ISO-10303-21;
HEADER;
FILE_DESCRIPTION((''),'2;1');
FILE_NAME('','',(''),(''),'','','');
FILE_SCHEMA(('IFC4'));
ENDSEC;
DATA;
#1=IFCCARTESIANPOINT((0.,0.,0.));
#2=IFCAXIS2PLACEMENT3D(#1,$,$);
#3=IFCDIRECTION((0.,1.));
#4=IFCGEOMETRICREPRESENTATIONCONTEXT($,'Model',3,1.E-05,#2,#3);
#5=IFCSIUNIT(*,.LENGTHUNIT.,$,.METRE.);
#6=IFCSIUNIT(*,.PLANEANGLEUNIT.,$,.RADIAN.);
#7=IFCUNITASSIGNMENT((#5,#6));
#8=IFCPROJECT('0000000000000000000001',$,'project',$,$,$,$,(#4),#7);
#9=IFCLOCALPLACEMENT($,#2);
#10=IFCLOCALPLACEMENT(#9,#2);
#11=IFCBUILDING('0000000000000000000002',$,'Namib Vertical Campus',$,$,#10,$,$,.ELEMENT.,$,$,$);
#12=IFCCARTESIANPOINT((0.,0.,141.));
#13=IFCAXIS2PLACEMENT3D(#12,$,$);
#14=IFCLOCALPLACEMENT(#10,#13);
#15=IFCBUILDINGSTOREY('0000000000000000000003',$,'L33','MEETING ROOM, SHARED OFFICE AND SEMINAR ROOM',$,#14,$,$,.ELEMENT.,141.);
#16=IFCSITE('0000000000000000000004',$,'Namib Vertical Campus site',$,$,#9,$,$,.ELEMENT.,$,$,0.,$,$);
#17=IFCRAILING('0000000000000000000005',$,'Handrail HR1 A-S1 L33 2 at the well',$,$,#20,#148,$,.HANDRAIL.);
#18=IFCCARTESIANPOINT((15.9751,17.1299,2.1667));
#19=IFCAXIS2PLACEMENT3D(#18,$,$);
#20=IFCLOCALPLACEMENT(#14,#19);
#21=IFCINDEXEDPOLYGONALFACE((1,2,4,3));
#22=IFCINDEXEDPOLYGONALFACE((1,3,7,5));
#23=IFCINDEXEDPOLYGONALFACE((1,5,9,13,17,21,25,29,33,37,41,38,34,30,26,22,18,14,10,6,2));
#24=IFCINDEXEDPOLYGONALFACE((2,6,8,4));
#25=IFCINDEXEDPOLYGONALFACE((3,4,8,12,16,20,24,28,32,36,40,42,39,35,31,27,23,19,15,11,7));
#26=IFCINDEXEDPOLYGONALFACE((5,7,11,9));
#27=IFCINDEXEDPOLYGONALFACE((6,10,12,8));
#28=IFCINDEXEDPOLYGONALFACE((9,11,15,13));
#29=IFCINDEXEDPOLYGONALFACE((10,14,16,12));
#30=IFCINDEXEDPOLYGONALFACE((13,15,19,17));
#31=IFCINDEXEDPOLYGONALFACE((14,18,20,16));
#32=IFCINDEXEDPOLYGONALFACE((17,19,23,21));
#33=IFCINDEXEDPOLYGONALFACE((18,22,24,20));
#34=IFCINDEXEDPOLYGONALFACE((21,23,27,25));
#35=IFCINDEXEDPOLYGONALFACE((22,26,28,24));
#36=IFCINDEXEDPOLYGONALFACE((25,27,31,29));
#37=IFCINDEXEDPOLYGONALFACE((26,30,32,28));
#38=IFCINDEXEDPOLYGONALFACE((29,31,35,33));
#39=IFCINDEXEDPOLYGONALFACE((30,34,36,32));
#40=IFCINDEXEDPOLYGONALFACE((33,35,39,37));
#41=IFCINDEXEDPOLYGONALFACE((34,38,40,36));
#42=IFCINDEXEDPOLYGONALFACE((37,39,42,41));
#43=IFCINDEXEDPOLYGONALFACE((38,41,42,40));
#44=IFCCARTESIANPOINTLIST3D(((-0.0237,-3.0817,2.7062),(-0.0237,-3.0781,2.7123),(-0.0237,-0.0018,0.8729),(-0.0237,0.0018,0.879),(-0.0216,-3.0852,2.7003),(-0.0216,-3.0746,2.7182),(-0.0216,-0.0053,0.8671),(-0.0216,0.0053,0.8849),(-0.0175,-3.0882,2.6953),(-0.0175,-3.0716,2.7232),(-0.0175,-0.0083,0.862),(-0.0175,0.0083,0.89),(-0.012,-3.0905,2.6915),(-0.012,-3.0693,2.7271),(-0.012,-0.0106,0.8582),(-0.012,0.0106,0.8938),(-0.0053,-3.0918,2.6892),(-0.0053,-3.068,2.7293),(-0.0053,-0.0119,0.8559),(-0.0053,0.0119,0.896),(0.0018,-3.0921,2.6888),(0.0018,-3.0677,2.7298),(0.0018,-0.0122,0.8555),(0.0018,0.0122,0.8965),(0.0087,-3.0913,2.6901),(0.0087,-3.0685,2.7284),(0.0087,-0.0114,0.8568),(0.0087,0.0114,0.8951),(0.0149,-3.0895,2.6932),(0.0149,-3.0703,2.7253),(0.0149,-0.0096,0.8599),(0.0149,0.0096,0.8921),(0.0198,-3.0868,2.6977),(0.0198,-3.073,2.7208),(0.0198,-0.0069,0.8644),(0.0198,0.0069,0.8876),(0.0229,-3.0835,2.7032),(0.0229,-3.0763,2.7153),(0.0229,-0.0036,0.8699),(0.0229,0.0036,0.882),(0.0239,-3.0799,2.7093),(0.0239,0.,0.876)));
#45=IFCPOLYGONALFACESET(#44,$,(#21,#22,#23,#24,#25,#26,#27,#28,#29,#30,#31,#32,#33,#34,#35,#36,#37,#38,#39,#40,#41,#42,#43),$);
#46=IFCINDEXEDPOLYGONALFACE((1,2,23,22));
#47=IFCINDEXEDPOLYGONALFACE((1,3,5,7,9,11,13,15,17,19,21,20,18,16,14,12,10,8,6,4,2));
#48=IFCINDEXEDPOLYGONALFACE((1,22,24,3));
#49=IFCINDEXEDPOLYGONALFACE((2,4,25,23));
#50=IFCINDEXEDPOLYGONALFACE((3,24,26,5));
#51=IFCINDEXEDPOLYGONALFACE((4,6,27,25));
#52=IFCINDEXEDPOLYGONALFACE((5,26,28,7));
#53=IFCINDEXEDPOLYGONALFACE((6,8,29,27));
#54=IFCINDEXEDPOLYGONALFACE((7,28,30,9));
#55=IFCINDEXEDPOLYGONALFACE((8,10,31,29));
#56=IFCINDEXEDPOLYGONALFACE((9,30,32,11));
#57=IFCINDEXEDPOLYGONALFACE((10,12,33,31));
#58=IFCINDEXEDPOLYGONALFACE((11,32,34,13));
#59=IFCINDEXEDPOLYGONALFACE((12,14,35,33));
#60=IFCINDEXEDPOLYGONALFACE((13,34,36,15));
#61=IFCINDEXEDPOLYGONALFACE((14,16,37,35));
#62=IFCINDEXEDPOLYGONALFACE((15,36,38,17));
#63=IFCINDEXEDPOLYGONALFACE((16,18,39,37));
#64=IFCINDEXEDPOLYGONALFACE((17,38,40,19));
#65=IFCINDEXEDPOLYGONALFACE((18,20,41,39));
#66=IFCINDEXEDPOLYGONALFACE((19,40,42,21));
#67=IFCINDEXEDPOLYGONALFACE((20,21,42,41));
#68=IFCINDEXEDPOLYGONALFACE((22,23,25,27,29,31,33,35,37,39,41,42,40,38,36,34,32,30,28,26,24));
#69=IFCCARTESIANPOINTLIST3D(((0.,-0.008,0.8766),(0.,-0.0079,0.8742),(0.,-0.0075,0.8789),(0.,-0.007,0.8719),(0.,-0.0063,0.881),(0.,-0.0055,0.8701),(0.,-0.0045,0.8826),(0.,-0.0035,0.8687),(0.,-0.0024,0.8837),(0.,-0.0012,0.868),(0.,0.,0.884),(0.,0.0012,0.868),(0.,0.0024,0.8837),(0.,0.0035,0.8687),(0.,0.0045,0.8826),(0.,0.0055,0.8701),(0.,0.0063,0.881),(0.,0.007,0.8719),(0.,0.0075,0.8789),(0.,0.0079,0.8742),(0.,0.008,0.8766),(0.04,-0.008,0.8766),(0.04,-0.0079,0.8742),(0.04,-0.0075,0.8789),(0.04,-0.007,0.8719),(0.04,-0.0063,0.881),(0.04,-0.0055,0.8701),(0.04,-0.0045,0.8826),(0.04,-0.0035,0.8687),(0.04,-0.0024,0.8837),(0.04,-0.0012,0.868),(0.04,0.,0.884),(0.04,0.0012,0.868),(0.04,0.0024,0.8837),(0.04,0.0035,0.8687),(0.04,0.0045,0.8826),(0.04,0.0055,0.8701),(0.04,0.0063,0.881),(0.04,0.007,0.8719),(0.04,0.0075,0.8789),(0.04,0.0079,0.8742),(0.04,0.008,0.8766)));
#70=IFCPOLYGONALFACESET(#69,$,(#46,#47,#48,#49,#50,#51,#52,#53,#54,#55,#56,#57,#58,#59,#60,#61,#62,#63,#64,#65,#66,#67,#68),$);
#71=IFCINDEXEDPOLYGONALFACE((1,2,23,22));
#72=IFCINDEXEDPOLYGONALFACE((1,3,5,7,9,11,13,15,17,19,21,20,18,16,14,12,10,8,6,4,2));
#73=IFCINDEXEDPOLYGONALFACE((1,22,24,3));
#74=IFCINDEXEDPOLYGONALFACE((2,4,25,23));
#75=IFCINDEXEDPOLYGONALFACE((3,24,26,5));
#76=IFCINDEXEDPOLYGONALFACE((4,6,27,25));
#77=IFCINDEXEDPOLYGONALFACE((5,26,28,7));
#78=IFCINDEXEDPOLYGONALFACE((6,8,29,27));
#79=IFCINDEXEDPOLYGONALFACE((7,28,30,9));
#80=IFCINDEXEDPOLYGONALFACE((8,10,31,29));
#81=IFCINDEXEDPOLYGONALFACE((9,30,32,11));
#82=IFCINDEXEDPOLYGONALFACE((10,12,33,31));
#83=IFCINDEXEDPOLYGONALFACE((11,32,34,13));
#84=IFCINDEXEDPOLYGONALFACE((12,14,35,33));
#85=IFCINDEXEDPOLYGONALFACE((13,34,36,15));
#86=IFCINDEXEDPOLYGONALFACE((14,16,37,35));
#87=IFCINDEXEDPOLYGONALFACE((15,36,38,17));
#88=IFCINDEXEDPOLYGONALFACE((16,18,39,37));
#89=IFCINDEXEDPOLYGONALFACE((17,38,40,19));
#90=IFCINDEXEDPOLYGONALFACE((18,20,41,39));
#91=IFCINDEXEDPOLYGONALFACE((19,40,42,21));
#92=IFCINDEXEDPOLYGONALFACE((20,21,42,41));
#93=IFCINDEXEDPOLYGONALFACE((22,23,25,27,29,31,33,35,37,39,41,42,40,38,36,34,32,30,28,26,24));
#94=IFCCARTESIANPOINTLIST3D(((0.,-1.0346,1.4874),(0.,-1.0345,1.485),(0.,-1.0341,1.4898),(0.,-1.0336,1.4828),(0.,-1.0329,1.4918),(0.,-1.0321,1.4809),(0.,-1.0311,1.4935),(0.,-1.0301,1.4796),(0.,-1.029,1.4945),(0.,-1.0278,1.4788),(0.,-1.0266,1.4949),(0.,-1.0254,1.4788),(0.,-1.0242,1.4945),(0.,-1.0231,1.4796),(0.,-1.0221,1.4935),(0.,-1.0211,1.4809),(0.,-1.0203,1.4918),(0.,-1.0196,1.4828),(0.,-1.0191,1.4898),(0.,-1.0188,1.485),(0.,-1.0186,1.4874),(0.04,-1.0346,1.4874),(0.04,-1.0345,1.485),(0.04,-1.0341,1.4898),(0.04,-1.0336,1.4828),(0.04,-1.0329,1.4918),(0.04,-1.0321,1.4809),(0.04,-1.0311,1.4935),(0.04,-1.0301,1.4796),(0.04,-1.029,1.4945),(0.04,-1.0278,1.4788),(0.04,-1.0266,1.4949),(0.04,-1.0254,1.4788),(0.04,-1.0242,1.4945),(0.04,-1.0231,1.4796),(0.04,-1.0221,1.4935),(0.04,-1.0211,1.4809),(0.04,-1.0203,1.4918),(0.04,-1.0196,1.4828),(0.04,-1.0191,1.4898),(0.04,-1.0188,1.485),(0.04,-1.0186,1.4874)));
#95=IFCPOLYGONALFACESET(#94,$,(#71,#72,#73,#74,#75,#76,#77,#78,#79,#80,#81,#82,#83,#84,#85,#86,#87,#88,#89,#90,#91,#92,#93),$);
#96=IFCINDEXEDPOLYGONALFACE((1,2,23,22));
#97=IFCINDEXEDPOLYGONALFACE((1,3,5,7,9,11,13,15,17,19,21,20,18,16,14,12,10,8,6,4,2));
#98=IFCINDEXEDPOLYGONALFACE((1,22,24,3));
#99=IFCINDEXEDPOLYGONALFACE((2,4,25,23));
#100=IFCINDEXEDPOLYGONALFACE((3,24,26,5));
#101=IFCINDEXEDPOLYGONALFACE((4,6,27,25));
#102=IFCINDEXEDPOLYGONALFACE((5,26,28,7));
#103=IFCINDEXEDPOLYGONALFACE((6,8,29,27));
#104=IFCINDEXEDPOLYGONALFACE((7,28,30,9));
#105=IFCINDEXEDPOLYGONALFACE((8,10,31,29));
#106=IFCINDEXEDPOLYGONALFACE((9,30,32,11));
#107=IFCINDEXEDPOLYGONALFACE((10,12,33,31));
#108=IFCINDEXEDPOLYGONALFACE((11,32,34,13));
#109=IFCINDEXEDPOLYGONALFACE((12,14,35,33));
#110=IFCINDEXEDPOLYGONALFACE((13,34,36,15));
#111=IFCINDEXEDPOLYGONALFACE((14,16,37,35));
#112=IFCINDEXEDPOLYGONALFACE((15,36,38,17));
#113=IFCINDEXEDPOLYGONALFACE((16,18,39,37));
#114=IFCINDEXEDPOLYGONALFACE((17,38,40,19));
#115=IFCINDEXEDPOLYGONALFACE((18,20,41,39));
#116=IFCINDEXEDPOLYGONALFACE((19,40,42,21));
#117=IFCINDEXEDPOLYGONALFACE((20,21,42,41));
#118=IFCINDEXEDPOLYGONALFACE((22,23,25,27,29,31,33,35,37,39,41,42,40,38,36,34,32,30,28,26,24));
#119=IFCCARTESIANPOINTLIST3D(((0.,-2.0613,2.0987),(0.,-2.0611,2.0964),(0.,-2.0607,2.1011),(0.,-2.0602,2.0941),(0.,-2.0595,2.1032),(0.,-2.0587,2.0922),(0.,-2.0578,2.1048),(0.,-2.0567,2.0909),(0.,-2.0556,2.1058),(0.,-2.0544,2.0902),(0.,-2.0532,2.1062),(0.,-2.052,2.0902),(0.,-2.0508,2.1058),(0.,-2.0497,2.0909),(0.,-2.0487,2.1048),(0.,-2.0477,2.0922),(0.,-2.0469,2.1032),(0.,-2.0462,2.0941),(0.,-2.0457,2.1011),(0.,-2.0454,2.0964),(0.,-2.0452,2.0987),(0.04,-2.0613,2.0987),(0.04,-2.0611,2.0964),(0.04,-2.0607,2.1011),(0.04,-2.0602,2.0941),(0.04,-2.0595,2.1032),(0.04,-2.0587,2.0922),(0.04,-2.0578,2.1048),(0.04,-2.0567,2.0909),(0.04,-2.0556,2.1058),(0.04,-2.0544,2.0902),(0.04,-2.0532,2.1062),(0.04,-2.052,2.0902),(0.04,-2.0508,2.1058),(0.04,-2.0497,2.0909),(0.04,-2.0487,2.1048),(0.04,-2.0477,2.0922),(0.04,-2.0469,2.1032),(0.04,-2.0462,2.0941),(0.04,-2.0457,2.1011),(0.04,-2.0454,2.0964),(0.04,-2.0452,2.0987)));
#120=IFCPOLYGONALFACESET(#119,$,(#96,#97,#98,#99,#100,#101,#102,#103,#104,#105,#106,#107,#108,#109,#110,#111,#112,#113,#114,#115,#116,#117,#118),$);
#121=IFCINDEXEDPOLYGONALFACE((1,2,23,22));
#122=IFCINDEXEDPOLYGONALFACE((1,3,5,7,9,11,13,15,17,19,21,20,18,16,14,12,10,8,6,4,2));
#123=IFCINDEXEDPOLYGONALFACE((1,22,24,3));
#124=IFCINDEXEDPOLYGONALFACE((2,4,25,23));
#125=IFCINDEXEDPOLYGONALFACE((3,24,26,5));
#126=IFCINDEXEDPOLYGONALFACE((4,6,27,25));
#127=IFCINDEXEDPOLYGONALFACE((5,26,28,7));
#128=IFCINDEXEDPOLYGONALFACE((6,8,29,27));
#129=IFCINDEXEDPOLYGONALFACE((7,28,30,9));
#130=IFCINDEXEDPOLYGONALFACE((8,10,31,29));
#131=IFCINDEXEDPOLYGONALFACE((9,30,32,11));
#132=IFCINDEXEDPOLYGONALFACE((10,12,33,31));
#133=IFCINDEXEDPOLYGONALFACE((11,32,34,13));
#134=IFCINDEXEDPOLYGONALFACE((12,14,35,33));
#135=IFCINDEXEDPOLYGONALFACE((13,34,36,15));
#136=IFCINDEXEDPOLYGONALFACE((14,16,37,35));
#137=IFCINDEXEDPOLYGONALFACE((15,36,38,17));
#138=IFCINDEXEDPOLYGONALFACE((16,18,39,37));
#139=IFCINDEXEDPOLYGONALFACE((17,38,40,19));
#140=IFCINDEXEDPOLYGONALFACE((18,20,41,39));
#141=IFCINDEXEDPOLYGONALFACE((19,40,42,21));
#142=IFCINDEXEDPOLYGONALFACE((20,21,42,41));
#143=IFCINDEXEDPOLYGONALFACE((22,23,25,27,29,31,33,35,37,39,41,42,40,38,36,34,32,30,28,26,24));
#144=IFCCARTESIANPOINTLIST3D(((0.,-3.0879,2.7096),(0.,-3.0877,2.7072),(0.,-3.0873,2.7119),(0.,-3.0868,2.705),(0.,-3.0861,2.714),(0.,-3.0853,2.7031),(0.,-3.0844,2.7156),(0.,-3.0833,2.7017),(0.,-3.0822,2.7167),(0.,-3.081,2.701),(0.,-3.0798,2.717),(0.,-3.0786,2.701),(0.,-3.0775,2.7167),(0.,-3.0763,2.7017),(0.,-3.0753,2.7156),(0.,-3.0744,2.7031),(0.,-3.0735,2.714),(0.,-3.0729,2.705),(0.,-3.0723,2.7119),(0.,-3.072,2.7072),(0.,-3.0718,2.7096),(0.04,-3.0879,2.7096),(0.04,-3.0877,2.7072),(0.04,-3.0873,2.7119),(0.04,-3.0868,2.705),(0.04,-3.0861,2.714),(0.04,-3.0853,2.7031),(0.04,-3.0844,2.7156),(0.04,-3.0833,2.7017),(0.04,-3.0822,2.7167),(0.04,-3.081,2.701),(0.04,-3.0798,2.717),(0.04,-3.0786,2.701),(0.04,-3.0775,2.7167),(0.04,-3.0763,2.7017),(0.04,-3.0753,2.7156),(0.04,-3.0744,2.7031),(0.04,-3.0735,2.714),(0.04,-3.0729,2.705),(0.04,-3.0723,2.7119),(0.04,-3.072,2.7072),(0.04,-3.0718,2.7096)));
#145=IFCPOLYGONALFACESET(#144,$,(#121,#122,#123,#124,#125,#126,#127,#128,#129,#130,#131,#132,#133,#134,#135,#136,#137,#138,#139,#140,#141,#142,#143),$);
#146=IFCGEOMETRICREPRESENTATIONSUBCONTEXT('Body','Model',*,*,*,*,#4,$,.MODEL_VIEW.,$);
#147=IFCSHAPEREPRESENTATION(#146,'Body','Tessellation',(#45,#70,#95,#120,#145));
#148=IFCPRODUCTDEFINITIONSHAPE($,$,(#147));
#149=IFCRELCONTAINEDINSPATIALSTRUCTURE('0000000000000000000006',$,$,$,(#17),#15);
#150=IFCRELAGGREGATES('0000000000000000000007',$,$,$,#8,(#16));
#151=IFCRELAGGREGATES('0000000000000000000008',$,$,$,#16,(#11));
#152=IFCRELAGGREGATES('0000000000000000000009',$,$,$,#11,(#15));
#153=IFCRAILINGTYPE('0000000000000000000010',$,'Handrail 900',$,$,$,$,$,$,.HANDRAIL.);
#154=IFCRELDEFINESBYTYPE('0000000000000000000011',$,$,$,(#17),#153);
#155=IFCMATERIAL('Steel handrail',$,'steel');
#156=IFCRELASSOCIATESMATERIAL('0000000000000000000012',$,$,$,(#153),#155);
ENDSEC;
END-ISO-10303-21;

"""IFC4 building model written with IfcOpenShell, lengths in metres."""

from ifc_helpers import new_model, si_unit, direction, frame, origin, origin_2d, place, context, subcontext, project, spatial, circle, extrude, material, type_object, element, save


model = new_model("IFC4")

# Units and contexts
model_context = context("Model", 3, precision=1e-05, world=origin(), true_north=direction((0.0, 1.0)))
body_context = subcontext(model_context, "Body", "Model", "MODEL_VIEW")
ifc_project = project(units=[si_unit("LENGTHUNIT", "METRE"), si_unit("PLANEANGLEUNIT", "RADIAN")], contexts=[model_context])

# Site, building, storey
site_placement = place(None, origin())
site = spatial("IfcSite", under=ifc_project, at=site_placement, Name="Namib Vertical Campus site", CompositionType="ELEMENT", RefElevation=0.0)
building_placement = place(site_placement, origin())
building = spatial("IfcBuilding", under=site, at=building_placement, Name="Namib Vertical Campus", CompositionType="ELEMENT")
storey_placement = place(building_placement, frame((0.0, 0.0, 141.0)))
storey = spatial("IfcBuildingStorey", under=building, at=storey_placement, Name="L33", Description="MEETING ROOM, SHARED OFFICE AND SEMINAR ROOM", CompositionType="ELEMENT", Elevation=141.0)

# Railing
ifc_material_1 = material(Name="Steel handrail", Category="steel")
railing_type_1 = type_object("IfcRailingType", Name="Handrail 900", PredefinedType="HANDRAIL", material=ifc_material_1)
railing_1_placement = place(storey_placement, frame((15.9751, 17.1299, 2.1667)))
element("IfcRailing", 1, at=railing_1_placement, inside=storey, type_object=railing_type_1, Name="Handrail HR1 A-S1 L33 2 at the well", PredefinedType="HANDRAIL", context=body_context, shape_type="SweptSolid", body=[
    extrude(circle(Radius=0.0239, at=origin_2d()), frame((0.0, 0.0, 0.876), z_axis=(0.0, -0.859291, 0.511487), x_axis=(1.0, 0.0, 0.0)), (0.0, 0.0, 1.0), 3.5842),
    extrude(circle(Radius=0.0081, at=origin_2d()), frame((0.0, 0.0, 0.876), z_axis=(1.0, 0.0, 0.0), x_axis=(0.0, 0.0, 1.0)), (0.0, 0.0, 1.0), 0.04),
    extrude(circle(Radius=0.0081, at=origin_2d()), frame((0.0, -1.0266, 1.4868), z_axis=(1.0, 0.0, 0.0), x_axis=(0.0, 0.0, 1.0)), (0.0, 0.0, 1.0), 0.04),
    extrude(circle(Radius=0.0081, at=origin_2d()), frame((0.0, -2.0532, 2.0981), z_axis=(1.0, 0.0, 0.0), x_axis=(0.0, 0.0, 1.0)), (0.0, 0.0, 1.0), 0.04),
    extrude(circle(Radius=0.0081, at=origin_2d()), frame((0.0, -3.0798, 2.709), z_axis=(1.0, 0.0, 0.0), x_axis=(0.0, 0.0, 1.0)), (0.0, 0.0, 1.0), 0.04),
])

save(model, "model.ifc")
